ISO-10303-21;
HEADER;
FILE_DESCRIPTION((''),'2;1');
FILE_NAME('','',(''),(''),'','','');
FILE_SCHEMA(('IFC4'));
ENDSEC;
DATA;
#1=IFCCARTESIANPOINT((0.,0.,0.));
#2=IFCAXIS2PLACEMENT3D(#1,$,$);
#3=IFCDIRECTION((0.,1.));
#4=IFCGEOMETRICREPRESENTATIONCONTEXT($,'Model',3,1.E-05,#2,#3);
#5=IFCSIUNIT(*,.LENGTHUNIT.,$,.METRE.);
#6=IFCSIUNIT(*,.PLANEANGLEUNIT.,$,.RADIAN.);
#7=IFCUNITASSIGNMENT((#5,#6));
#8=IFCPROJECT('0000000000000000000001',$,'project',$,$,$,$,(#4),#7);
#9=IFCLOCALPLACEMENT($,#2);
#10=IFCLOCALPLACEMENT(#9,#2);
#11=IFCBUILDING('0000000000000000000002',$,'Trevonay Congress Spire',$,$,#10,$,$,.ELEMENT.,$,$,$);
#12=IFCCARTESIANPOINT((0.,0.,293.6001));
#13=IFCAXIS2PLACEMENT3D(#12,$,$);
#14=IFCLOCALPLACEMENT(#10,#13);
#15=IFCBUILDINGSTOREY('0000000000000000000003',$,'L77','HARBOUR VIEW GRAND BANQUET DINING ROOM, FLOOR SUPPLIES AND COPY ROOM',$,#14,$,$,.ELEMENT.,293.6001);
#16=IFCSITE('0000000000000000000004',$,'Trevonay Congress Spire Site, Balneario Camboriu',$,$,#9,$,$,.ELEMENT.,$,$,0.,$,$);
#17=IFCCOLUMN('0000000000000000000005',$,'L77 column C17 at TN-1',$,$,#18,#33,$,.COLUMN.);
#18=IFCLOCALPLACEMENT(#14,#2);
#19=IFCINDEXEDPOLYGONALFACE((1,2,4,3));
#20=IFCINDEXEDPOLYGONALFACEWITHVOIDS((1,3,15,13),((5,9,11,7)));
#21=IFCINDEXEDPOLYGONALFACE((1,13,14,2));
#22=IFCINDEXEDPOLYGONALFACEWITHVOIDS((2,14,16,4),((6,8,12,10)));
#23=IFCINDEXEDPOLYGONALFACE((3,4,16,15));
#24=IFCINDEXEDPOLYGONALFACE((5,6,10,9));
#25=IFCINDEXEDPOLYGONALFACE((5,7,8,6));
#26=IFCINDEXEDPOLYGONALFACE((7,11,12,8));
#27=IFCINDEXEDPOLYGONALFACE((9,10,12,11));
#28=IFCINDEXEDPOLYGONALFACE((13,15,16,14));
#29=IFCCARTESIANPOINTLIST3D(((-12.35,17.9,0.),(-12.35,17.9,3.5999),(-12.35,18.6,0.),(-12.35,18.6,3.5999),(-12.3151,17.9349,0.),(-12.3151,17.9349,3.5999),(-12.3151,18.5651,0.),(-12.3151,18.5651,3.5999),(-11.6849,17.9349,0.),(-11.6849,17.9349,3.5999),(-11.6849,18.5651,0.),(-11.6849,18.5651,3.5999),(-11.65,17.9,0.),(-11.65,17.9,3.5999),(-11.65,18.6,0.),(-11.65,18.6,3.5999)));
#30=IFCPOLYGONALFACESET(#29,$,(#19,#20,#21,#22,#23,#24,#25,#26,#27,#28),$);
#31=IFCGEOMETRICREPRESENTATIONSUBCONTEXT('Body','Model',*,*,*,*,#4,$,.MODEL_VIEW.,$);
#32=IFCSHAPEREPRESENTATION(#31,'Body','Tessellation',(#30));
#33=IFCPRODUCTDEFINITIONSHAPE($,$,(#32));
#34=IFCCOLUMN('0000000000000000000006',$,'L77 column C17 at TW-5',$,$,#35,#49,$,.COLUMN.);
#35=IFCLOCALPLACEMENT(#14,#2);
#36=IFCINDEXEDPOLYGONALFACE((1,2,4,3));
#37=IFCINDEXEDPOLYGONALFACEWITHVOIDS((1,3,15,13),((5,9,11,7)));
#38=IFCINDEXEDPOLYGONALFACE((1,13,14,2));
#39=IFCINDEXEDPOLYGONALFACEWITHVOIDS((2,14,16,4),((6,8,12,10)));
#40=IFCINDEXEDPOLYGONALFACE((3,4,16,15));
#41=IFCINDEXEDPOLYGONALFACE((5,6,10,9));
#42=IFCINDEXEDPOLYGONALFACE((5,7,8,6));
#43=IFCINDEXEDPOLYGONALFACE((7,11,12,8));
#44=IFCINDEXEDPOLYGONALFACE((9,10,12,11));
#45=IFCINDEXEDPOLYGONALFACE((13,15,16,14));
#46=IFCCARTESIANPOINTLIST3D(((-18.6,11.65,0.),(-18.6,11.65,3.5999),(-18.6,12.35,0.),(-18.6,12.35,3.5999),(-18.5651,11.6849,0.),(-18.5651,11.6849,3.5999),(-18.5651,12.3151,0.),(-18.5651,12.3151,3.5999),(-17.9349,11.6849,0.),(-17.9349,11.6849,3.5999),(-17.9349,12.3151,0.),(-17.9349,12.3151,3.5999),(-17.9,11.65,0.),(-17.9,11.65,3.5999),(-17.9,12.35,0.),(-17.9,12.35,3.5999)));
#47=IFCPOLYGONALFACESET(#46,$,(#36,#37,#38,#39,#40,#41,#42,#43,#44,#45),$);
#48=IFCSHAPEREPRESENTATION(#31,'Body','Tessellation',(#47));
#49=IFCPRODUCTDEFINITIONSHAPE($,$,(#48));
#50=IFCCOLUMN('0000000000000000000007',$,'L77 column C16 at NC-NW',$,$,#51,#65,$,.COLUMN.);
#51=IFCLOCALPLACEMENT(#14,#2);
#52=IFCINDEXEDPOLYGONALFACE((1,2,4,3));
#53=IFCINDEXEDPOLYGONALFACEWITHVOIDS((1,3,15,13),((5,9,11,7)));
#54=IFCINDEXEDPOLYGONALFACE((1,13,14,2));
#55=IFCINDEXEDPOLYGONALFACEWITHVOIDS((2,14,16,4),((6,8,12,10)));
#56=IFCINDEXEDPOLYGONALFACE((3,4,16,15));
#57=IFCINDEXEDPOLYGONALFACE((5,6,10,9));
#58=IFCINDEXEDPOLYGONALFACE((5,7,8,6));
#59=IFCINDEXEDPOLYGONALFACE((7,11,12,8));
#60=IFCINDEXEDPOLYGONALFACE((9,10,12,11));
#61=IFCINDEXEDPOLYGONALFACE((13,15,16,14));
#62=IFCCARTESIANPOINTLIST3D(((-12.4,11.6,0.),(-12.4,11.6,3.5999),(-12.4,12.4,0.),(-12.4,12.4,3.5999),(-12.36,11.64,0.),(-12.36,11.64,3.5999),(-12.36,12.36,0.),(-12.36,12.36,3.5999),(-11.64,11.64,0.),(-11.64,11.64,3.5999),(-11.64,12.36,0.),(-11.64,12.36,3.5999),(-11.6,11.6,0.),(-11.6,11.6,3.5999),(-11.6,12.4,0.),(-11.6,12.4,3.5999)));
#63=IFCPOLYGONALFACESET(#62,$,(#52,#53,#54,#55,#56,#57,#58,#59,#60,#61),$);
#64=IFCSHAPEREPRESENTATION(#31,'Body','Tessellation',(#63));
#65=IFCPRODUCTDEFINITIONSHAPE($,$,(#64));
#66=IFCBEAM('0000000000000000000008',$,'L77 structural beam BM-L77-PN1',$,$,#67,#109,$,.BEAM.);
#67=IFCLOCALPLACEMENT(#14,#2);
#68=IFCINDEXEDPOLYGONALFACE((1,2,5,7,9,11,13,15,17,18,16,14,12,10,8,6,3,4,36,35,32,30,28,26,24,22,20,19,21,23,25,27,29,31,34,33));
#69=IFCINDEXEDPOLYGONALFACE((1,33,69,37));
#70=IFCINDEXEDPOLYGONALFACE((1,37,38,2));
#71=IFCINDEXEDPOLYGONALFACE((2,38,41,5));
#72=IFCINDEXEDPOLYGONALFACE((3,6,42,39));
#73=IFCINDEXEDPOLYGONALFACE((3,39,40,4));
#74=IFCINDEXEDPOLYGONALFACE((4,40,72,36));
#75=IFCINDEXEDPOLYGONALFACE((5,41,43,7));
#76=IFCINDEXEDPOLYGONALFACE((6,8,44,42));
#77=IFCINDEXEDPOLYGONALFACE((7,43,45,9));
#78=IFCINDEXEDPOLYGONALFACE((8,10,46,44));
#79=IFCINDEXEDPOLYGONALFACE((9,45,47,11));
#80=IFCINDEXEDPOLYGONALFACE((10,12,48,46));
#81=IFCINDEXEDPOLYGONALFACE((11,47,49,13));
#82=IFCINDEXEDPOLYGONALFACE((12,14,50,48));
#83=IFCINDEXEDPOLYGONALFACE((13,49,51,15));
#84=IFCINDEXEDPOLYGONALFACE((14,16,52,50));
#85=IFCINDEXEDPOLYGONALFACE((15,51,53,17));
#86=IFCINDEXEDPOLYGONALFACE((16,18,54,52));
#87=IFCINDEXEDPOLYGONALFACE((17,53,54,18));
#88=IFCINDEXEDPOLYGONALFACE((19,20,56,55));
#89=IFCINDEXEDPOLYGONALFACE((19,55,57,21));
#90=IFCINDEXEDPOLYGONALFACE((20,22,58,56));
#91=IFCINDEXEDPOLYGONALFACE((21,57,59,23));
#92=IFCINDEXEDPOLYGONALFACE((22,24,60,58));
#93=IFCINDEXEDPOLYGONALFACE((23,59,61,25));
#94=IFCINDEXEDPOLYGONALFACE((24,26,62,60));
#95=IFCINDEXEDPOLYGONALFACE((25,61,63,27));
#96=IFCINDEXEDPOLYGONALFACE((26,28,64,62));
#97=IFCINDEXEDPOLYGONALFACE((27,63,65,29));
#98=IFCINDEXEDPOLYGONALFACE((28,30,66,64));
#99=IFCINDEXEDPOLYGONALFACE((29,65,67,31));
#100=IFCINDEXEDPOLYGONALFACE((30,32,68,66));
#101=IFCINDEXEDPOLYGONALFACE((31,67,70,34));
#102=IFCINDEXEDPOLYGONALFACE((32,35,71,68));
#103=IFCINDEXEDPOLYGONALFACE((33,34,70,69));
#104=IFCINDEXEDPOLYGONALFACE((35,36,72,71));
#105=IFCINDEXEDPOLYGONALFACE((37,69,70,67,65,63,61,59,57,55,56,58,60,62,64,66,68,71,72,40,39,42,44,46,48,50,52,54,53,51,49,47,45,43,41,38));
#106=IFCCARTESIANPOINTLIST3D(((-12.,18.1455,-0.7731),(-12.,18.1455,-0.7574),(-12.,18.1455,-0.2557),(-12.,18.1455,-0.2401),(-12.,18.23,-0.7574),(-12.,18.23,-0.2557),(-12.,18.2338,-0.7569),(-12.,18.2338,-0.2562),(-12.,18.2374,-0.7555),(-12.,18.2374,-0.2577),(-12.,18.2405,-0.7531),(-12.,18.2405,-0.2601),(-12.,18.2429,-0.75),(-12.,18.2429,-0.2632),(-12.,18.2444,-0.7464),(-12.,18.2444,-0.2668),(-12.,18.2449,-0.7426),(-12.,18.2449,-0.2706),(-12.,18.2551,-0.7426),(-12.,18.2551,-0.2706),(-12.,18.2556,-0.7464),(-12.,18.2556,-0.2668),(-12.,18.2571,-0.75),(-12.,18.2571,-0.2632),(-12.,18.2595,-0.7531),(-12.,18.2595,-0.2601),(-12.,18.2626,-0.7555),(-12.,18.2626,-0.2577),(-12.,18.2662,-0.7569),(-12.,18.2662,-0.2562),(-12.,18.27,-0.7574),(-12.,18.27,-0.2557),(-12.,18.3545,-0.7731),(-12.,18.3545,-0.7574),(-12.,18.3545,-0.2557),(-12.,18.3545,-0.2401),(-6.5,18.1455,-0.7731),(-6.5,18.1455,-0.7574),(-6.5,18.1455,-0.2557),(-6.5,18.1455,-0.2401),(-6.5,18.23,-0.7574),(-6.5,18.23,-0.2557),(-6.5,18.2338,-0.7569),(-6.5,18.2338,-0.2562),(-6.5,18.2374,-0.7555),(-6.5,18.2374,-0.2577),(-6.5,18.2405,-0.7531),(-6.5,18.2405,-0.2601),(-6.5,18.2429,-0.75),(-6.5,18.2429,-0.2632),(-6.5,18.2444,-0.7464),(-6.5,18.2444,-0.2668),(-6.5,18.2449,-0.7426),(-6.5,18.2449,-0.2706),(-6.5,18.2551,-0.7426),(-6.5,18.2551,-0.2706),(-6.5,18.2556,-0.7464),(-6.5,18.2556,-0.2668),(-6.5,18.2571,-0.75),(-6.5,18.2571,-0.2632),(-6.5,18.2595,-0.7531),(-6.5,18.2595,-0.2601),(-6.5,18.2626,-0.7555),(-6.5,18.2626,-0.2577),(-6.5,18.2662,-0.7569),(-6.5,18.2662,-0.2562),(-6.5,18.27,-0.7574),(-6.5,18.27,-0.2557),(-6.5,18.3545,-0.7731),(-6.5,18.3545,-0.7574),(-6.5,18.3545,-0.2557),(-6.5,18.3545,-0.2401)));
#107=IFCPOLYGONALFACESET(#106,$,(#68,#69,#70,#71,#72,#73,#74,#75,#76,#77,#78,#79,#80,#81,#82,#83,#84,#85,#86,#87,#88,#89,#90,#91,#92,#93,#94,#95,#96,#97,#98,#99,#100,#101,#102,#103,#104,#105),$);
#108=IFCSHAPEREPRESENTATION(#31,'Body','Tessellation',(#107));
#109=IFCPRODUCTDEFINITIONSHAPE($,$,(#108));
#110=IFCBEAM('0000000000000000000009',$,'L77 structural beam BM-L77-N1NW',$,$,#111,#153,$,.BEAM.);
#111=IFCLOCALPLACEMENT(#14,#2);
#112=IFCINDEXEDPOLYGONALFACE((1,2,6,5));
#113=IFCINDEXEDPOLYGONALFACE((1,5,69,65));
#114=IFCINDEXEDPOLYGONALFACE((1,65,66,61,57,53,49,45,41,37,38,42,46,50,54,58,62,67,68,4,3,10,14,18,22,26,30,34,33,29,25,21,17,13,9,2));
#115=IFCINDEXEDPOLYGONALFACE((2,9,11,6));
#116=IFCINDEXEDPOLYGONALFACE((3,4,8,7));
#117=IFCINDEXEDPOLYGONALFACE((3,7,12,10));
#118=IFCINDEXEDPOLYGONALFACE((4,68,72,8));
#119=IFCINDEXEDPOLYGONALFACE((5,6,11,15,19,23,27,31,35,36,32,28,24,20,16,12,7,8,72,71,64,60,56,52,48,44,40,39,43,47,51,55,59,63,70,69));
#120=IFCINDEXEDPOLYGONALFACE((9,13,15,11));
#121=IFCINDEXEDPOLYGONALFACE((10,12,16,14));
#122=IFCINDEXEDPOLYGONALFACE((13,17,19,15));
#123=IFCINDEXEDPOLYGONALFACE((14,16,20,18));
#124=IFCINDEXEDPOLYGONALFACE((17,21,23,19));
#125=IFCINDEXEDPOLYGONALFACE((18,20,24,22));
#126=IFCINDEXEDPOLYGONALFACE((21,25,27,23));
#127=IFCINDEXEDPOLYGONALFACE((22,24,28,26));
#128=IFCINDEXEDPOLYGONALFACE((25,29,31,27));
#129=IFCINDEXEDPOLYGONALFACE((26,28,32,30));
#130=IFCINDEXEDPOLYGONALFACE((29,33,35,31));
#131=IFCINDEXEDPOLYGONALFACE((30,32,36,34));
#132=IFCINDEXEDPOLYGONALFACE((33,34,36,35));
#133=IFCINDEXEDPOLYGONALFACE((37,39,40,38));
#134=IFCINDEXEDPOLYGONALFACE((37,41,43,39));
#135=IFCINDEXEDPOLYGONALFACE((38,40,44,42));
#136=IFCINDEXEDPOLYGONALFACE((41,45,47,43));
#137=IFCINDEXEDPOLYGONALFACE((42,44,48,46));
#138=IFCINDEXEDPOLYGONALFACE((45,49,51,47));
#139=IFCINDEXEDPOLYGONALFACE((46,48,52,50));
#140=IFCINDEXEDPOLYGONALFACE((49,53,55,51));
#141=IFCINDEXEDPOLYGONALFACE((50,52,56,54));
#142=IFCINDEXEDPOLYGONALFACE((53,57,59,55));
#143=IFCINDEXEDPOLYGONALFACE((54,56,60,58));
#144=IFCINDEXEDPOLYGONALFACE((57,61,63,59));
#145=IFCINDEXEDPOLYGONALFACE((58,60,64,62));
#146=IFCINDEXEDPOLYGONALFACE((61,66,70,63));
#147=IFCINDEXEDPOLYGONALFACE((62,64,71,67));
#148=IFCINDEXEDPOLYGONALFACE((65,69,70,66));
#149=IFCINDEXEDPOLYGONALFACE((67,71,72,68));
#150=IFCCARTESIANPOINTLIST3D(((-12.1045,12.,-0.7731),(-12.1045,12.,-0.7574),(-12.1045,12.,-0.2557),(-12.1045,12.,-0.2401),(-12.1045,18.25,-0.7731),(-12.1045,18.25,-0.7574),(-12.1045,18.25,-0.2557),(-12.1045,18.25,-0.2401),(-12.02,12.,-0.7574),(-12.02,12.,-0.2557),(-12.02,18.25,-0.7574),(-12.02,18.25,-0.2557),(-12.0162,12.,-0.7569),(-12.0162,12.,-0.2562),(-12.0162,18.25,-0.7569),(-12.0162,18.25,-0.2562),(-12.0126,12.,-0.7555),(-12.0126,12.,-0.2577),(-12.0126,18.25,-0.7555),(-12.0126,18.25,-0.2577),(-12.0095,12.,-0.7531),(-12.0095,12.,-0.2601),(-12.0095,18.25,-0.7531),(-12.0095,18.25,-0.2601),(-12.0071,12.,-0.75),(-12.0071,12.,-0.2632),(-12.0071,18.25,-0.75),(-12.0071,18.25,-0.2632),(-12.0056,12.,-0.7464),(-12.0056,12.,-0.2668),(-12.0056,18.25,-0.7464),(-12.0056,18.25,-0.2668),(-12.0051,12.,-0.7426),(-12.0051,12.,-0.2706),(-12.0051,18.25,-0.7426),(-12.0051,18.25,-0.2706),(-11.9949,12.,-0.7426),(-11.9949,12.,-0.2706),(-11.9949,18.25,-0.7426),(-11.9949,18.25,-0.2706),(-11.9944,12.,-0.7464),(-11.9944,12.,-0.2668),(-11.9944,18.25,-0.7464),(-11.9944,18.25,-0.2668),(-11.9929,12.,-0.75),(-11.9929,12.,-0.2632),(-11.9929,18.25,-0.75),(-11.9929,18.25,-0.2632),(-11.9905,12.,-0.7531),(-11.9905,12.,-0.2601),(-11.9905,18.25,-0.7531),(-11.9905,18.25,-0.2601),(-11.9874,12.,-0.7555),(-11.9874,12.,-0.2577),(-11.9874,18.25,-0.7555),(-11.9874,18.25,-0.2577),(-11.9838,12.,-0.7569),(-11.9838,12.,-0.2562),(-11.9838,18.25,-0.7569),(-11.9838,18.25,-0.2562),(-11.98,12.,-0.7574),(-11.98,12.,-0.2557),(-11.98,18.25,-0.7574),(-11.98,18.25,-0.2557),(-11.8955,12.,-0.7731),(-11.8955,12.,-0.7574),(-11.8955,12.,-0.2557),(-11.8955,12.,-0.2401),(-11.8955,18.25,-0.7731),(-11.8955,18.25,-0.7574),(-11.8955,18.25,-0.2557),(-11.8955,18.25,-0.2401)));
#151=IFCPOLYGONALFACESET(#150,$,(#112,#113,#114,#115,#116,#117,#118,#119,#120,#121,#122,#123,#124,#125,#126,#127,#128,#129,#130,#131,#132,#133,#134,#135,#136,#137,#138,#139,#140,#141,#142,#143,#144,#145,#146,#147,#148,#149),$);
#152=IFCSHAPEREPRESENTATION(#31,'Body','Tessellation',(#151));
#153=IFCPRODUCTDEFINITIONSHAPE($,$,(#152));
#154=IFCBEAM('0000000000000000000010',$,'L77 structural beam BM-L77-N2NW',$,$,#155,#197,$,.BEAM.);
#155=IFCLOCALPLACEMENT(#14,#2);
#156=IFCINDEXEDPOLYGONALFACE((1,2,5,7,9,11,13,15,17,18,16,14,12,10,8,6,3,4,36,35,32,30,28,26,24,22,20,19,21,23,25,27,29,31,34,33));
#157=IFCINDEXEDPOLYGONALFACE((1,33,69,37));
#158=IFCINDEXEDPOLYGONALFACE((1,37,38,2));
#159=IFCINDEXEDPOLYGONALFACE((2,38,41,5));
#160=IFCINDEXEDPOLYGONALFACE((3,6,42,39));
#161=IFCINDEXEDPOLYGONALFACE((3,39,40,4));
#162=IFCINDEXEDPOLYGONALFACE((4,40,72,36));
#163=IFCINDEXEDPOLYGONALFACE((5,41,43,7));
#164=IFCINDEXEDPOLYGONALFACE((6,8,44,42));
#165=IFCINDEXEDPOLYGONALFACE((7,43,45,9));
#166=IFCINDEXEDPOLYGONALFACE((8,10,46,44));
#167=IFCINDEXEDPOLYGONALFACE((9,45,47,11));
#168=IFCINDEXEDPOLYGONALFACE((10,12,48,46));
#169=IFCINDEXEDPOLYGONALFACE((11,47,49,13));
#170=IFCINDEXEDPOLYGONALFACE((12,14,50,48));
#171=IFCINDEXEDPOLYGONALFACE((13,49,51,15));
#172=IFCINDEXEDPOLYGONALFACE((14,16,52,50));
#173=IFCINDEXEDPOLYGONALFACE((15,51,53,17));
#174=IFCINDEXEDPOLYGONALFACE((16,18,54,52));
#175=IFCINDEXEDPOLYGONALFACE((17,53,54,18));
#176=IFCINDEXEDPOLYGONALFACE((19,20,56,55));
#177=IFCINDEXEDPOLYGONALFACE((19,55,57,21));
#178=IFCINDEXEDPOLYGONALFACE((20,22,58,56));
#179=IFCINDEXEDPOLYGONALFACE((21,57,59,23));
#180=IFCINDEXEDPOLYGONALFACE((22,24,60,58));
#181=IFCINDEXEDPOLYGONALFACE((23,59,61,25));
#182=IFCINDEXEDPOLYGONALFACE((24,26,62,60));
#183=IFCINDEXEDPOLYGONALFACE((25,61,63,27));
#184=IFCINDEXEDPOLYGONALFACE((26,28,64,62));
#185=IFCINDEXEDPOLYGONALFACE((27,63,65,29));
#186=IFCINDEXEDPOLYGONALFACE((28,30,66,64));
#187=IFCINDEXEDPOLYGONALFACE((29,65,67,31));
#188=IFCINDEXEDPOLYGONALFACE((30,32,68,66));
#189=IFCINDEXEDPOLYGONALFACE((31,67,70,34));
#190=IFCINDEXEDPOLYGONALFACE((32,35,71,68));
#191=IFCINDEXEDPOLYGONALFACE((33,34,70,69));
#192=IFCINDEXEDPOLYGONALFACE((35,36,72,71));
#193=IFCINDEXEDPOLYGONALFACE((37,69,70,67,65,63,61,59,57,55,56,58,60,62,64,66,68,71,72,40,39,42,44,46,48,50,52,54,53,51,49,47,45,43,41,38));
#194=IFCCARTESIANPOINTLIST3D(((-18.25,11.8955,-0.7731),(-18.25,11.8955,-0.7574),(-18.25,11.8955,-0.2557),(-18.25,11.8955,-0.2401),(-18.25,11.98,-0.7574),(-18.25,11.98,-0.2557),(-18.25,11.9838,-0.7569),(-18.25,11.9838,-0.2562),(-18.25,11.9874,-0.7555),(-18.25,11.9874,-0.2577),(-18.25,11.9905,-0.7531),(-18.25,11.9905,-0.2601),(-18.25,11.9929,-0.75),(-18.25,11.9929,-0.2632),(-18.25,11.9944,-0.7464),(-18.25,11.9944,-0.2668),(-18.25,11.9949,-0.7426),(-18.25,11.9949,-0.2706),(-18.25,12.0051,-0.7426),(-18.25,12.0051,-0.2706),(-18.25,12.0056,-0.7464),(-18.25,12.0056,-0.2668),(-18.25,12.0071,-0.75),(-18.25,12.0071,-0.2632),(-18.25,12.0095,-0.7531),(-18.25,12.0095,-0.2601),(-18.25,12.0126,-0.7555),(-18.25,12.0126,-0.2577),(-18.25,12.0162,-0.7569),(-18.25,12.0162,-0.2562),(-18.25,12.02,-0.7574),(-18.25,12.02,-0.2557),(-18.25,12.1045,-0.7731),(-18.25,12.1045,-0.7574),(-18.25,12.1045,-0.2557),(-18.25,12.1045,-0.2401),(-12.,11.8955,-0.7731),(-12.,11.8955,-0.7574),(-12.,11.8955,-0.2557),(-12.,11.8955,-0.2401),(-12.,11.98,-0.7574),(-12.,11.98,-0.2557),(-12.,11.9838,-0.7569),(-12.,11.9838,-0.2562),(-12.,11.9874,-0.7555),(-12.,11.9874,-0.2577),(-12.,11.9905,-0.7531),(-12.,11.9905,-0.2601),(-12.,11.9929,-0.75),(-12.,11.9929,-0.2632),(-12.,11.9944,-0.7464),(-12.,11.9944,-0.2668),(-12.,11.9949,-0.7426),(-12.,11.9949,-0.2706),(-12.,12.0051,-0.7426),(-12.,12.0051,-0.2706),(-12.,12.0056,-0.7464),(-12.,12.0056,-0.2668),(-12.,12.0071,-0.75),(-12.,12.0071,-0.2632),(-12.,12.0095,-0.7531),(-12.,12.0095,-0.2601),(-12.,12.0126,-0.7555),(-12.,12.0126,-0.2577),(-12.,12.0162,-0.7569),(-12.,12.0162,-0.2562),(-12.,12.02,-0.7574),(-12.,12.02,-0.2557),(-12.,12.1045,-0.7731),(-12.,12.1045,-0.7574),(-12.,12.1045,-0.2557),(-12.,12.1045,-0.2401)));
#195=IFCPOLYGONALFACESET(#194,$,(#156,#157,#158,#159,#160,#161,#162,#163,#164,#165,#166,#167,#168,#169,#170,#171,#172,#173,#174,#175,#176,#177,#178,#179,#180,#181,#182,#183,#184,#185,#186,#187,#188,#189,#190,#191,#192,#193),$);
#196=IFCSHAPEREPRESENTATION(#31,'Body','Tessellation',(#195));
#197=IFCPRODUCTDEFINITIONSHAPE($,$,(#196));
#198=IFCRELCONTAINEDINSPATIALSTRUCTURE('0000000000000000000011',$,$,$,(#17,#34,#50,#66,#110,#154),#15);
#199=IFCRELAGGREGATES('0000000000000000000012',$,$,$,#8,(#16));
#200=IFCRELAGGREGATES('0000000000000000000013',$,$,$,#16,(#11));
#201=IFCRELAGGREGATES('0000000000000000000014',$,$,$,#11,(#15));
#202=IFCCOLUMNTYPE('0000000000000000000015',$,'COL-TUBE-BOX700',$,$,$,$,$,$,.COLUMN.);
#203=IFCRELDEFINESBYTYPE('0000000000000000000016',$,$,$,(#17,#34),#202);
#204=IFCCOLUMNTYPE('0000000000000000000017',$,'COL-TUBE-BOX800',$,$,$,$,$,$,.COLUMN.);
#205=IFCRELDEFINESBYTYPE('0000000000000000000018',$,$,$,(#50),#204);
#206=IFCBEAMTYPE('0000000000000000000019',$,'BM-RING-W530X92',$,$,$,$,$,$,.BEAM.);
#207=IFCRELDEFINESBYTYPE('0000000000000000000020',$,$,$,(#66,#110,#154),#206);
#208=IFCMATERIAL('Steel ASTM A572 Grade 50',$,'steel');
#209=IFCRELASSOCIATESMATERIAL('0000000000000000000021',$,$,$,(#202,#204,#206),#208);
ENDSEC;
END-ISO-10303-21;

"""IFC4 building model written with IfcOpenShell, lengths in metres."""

from ifc_helpers import new_model, si_unit, direction, frame, origin, origin_2d, place, context, subcontext, project, spatial, hollow_rectangle, i_section, extrude, material, material_profile, profile_set, type_object, element, save


model = new_model("IFC4")

# Units and contexts
model_context = context("Model", 3, precision=1e-05, world=origin(), true_north=direction((0.0, 1.0)))
body_context = subcontext(model_context, "Body", "Model", "MODEL_VIEW")
ifc_project = project(units=[si_unit("LENGTHUNIT", "METRE"), si_unit("PLANEANGLEUNIT", "RADIAN")], contexts=[model_context])

# Site, building, storey
site_placement = place(None, origin())
site = spatial("IfcSite", under=ifc_project, at=site_placement, Name="Trevonay Congress Spire Site, Balneario Camboriu", CompositionType="ELEMENT", RefElevation=0.0)
building_placement = place(site_placement, origin())
building = spatial("IfcBuilding", under=site, at=building_placement, Name="Trevonay Congress Spire", CompositionType="ELEMENT")
storey_placement = place(building_placement, frame((0.0, 0.0, 293.6001)))
storey = spatial("IfcBuildingStorey", under=building, at=storey_placement, Name="L77", Description="HARBOUR VIEW GRAND BANQUET DINING ROOM, FLOOR SUPPLIES AND COPY ROOM", CompositionType="ELEMENT", Elevation=293.6001)

# Columns
ifc_material_1 = material(Name="Steel ASTM A572 Grade 50", Category="steel")
ifc_material_profile_1 = material_profile(ifc_material_1, hollow_rectangle(XDim=0.7, YDim=0.7, WallThickness=0.0349, at=origin_2d()), Name="BOX 700x700x35")
ifc_profile_set_1 = profile_set([ifc_material_profile_1], Name="Steel ASTM A572 Grade 50")
column_type_1 = type_object("IfcColumnType", Name="COL-TUBE-BOX700", PredefinedType="COLUMN", material=ifc_profile_set_1)
for number, where, z_axis, x_axis, name in (
    (1, (-12.0, 18.25, 0.0), (0.0, 0.0, 1.0), (1.0, 0.0, 0.0), "L77 column C17 at TN-1"),
    (2, (-18.25, 12.0, 0.0), (0.0, 0.0, 1.0), (1.0, 0.0, 0.0), "L77 column C17 at TW-5"),
):
    element("IfcColumn", number, at=place(storey_placement, frame(where, z_axis=z_axis, x_axis=x_axis)), inside=storey, type_object=column_type_1, Name=name, PredefinedType="COLUMN", context=body_context, shape_type="SweptSolid", body=[
        extrude(hollow_rectangle(XDim=0.7, YDim=0.7, WallThickness=0.0349, at=origin_2d()), origin(), (0.0, 0.0, 1.0), 3.5999),
    ])
ifc_material_profile_2 = material_profile(ifc_material_1, hollow_rectangle(XDim=0.8, YDim=0.8, WallThickness=0.04, at=origin_2d()), Name="BOX 800x800x40")
ifc_profile_set_2 = profile_set([ifc_material_profile_2], Name="Steel ASTM A572 Grade 50")
column_type_2 = type_object("IfcColumnType", Name="COL-TUBE-BOX800", PredefinedType="COLUMN", material=ifc_profile_set_2)
column_placement = place(storey_placement, frame((-12.0, 12.0, 0.0), z_axis=(0.0, 0.0, 1.0), x_axis=(1.0, 0.0, 0.0)))
element("IfcColumn", 3, at=column_placement, inside=storey, type_object=column_type_2, Name="L77 column C16 at NC-NW", PredefinedType="COLUMN", context=body_context, shape_type="SweptSolid", body=[
    extrude(hollow_rectangle(XDim=0.8, YDim=0.8, WallThickness=0.04, at=origin_2d()), origin(), (0.0, 0.0, 1.0), 3.5999),
])

# Beams
ifc_material_profile_3 = material_profile(ifc_material_1, i_section(OverallWidth=0.209, OverallDepth=0.533, WebThickness=0.0103, FlangeThickness=0.0156, FilletRadius=0.0149, at=origin_2d()), Name="W530x92")
ifc_profile_set_3 = profile_set([ifc_material_profile_3], Name="Steel ASTM A572 Grade 50")
beam_type = type_object("IfcBeamType", Name="BM-RING-W530X92", PredefinedType="BEAM", material=ifc_profile_set_3)
beam_placement = place(storey_placement, frame((-12.0, 18.25, -0.5066), z_axis=(1.0, 0.0, 0.0), x_axis=(0.0, 1.0, 0.0)))
element("IfcBeam", 4, at=beam_placement, inside=storey, type_object=beam_type, Name="L77 structural beam BM-L77-PN1", PredefinedType="BEAM", context=body_context, shape_type="SweptSolid", body=[
    extrude(i_section(OverallWidth=0.209, OverallDepth=0.533, WebThickness=0.0103, FlangeThickness=0.0156, FilletRadius=0.0149, at=origin_2d()), origin(), (0.0, 0.0, 1.0), 5.5),
])
for number, where, z_axis, x_axis, name in (
    (5, (-12.0, 18.25, -0.5066), (0.0, -1.0, 0.0), (1.0, 0.0, 0.0), "L77 structural beam BM-L77-N1NW"),
    (6, (-18.25, 12.0, -0.5066), (1.0, 0.0, 0.0), (0.0, 1.0, 0.0), "L77 structural beam BM-L77-N2NW"),
):
    element("IfcBeam", number, at=place(storey_placement, frame(where, z_axis=z_axis, x_axis=x_axis)), inside=storey, type_object=beam_type, Name=name, PredefinedType="BEAM", context=body_context, shape_type="SweptSolid", body=[
        extrude(i_section(OverallWidth=0.209, OverallDepth=0.533, WebThickness=0.0103, FlangeThickness=0.0156, FilletRadius=0.0149, at=origin_2d()), origin(), (0.0, 0.0, 1.0), 6.25),
    ])

save(model, "model.ifc")
